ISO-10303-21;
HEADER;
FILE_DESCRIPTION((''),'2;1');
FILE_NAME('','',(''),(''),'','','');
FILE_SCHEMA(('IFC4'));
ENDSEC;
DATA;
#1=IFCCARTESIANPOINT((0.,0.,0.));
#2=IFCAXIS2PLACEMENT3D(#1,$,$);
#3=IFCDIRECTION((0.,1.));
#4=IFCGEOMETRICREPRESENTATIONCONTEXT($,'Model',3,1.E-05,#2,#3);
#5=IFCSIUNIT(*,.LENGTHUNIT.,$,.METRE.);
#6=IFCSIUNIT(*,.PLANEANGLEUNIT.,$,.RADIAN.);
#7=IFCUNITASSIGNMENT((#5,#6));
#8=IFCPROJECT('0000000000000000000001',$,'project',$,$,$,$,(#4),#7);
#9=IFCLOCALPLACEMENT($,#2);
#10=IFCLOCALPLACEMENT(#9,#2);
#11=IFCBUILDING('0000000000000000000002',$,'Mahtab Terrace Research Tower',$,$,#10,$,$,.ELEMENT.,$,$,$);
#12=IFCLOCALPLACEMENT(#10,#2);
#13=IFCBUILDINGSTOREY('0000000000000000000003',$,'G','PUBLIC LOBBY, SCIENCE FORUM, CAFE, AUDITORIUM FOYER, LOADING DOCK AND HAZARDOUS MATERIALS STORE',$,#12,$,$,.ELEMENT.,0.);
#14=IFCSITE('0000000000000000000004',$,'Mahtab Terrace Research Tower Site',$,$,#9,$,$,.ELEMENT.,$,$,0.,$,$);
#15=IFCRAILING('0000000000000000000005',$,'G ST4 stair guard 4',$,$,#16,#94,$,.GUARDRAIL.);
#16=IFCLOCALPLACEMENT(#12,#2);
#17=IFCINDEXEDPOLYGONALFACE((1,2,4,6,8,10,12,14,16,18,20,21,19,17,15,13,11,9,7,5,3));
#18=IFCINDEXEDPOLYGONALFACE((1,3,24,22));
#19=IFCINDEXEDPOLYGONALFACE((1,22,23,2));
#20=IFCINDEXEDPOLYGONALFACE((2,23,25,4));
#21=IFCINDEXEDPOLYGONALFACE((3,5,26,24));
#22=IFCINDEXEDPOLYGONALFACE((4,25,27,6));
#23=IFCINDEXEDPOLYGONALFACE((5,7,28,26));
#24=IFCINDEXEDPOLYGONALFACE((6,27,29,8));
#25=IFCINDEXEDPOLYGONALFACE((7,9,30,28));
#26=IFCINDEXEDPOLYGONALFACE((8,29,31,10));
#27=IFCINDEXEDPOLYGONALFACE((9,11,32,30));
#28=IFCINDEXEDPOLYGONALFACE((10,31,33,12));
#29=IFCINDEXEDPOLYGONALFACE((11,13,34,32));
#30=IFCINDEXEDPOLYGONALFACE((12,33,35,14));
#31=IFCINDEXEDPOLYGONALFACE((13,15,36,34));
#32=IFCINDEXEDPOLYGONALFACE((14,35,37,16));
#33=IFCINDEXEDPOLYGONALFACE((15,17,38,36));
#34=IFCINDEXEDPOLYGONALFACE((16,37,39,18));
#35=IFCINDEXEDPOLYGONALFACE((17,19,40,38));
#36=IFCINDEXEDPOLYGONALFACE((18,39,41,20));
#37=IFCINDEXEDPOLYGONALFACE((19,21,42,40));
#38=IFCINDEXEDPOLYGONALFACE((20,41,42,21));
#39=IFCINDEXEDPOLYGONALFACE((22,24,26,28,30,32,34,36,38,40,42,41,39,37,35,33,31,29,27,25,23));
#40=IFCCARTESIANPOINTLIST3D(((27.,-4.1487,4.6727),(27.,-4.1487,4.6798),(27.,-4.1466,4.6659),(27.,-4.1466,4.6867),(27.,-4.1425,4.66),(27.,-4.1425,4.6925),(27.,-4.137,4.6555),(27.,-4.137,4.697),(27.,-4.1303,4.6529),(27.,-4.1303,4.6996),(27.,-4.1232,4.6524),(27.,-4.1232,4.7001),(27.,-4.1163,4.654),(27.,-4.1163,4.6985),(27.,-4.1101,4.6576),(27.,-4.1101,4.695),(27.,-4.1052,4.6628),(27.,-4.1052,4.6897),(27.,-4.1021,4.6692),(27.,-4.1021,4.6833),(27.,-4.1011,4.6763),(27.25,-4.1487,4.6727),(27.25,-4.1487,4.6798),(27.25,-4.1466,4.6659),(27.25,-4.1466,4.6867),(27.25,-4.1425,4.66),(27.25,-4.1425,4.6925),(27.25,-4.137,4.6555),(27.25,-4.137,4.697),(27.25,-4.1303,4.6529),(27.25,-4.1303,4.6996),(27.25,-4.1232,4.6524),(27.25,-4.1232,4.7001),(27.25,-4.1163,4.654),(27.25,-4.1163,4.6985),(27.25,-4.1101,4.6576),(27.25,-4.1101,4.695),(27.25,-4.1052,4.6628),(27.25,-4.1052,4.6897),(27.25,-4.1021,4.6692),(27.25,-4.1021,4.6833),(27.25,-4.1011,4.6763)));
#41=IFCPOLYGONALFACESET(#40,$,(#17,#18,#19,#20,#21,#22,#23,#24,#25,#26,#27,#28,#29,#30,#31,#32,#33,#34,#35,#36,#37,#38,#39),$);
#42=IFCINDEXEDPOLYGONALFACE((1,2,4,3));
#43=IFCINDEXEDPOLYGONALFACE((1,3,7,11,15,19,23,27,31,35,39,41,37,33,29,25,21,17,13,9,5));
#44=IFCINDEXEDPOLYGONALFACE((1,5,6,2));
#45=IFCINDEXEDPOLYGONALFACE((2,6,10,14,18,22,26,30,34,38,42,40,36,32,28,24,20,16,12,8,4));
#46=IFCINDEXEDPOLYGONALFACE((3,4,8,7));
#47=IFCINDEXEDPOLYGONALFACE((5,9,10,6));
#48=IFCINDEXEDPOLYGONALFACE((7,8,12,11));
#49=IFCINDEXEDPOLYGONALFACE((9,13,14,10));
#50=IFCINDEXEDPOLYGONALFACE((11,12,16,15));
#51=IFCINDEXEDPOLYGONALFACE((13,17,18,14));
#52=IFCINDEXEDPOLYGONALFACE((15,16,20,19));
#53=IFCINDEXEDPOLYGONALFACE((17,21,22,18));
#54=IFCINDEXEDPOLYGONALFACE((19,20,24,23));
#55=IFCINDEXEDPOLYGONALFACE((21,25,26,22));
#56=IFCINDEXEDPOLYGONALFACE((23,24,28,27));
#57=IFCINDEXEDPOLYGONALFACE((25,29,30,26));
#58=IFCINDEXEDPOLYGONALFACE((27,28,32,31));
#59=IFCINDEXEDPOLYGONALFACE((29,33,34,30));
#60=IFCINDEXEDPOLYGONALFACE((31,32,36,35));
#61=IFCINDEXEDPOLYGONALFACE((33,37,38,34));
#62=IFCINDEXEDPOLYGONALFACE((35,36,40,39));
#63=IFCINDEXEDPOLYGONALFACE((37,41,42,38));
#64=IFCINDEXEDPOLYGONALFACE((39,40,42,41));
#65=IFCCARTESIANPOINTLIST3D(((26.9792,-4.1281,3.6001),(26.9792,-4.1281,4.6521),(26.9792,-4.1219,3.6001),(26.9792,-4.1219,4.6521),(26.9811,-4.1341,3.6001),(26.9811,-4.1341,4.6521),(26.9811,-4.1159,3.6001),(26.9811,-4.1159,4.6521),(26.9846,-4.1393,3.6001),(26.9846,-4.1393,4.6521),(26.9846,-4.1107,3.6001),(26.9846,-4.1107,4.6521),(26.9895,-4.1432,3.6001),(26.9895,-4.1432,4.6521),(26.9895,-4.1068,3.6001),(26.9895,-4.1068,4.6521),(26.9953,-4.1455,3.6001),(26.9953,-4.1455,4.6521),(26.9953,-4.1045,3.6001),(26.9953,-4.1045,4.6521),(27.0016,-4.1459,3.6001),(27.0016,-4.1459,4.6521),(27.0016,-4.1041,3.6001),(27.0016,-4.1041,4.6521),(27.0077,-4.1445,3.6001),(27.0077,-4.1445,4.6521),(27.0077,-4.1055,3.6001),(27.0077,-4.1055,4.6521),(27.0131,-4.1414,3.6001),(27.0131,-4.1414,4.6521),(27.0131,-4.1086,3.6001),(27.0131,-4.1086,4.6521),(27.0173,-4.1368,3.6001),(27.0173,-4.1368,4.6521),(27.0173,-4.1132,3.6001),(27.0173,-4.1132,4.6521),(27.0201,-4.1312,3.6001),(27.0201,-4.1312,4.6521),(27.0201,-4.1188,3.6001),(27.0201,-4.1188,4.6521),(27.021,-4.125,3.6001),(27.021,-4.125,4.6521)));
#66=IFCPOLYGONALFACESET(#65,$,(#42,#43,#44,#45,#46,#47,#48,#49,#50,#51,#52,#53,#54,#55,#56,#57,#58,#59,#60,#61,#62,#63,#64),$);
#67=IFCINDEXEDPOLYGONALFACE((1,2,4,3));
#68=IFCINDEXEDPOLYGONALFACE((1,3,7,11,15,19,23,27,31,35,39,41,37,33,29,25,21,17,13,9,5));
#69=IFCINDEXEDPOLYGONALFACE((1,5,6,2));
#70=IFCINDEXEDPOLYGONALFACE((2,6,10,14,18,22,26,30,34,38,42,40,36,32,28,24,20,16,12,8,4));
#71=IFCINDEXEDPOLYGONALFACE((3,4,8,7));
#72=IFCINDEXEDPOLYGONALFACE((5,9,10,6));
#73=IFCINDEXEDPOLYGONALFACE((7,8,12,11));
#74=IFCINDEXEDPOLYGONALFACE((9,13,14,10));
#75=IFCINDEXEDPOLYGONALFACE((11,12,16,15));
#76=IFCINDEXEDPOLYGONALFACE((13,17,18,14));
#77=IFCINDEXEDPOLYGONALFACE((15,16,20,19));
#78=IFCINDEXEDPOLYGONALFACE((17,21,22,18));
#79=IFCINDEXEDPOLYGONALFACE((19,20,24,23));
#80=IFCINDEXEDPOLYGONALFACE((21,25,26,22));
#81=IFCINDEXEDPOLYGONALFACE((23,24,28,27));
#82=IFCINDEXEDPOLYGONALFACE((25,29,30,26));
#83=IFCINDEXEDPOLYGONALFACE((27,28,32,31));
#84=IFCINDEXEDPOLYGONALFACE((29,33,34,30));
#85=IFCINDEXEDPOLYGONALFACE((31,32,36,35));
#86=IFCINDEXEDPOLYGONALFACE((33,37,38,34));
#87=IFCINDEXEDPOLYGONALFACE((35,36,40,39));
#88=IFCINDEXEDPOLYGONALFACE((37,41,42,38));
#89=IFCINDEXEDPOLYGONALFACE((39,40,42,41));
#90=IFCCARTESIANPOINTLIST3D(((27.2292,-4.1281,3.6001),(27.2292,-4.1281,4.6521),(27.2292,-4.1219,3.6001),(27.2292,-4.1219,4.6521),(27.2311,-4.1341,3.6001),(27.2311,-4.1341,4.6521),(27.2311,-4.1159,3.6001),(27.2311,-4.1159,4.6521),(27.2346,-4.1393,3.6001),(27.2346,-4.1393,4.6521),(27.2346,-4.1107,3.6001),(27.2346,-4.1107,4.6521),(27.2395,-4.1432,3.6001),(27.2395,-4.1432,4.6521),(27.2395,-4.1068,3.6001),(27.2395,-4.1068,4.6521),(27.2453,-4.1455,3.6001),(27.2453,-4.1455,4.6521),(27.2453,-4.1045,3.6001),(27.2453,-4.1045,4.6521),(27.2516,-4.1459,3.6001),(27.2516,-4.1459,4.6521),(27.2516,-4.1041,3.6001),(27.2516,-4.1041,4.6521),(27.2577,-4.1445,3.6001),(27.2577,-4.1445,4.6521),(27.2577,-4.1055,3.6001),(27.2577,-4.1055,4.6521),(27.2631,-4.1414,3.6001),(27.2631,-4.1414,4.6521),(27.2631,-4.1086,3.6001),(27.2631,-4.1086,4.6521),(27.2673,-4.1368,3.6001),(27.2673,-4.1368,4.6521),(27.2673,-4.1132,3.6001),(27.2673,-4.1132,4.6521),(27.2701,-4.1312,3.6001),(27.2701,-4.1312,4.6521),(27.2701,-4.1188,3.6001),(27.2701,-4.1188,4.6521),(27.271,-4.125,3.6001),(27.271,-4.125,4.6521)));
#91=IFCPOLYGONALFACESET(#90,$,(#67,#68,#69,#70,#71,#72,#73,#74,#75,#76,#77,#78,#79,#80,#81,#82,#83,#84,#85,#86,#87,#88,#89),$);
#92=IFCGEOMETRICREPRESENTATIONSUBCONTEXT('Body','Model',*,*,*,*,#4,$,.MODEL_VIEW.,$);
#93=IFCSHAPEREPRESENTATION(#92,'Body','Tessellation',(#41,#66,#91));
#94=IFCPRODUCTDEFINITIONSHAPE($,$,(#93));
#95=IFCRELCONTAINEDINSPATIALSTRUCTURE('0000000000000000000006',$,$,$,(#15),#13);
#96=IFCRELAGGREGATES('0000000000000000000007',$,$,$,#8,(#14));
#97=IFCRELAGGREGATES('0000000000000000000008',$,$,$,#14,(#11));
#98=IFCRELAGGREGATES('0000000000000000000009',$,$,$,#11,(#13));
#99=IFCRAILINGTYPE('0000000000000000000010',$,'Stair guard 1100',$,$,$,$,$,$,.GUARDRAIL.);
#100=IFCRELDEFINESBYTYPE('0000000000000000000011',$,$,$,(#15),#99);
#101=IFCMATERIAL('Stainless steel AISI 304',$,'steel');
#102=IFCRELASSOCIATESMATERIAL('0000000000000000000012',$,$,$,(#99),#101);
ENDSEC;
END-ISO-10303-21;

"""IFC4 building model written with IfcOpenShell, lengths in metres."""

from ifc_helpers import new_model, si_unit, direction, frame, origin, origin_2d, place, context, subcontext, project, spatial, circle, extrude, material, type_object, element, save


model = new_model("IFC4")

# Units and contexts
model_context = context("Model", 3, precision=1e-05, world=origin(), true_north=direction((0.0, 1.0)))
body_context = subcontext(model_context, "Body", "Model", "MODEL_VIEW")
ifc_project = project(units=[si_unit("LENGTHUNIT", "METRE"), si_unit("PLANEANGLEUNIT", "RADIAN")], contexts=[model_context])

# Site, building, storey
site_placement = place(None, origin())
site = spatial("IfcSite", under=ifc_project, at=site_placement, Name="Mahtab Terrace Research Tower Site", CompositionType="ELEMENT", RefElevation=0.0)
building_placement = place(site_placement, origin())
building = spatial("IfcBuilding", under=site, at=building_placement, Name="Mahtab Terrace Research Tower", CompositionType="ELEMENT")
storey_placement = place(building_placement, origin())
storey = spatial("IfcBuildingStorey", under=building, at=storey_placement, Name="G", Description="PUBLIC LOBBY, SCIENCE FORUM, CAFE, AUDITORIUM FOYER, LOADING DOCK AND HAZARDOUS MATERIALS STORE", CompositionType="ELEMENT", Elevation=0.0)

# Railing
ifc_material_1 = material(Name="Stainless steel AISI 304", Category="steel")
railing_type_1 = type_object("IfcRailingType", Name="Stair guard 1100", PredefinedType="GUARDRAIL", material=ifc_material_1)
railing_1_placement = place(storey_placement, frame((27.0, -4.125, 3.6001)))
element("IfcRailing", 1, at=railing_1_placement, inside=storey, type_object=railing_type_1, Name="G ST4 stair guard 4", PredefinedType="GUARDRAIL", context=body_context, shape_type="SweptSolid", body=[
    extrude(circle(Radius=0.0239, at=origin_2d()), frame((0.0, 0.0, 1.0762), z_axis=(1.0, 0.0, 0.0), x_axis=(0.0, 1.0, 0.0)), (0.0, 0.0, 1.0), 0.25),
    extrude(circle(Radius=0.021, at=origin_2d()), origin(), (0.0, 0.0, 1.0), 1.052),
    extrude(circle(Radius=0.021, at=origin_2d()), frame((0.25, 0.0, 0.0)), (0.0, 0.0, 1.0), 1.052),
])

save(model, "model.ifc")
